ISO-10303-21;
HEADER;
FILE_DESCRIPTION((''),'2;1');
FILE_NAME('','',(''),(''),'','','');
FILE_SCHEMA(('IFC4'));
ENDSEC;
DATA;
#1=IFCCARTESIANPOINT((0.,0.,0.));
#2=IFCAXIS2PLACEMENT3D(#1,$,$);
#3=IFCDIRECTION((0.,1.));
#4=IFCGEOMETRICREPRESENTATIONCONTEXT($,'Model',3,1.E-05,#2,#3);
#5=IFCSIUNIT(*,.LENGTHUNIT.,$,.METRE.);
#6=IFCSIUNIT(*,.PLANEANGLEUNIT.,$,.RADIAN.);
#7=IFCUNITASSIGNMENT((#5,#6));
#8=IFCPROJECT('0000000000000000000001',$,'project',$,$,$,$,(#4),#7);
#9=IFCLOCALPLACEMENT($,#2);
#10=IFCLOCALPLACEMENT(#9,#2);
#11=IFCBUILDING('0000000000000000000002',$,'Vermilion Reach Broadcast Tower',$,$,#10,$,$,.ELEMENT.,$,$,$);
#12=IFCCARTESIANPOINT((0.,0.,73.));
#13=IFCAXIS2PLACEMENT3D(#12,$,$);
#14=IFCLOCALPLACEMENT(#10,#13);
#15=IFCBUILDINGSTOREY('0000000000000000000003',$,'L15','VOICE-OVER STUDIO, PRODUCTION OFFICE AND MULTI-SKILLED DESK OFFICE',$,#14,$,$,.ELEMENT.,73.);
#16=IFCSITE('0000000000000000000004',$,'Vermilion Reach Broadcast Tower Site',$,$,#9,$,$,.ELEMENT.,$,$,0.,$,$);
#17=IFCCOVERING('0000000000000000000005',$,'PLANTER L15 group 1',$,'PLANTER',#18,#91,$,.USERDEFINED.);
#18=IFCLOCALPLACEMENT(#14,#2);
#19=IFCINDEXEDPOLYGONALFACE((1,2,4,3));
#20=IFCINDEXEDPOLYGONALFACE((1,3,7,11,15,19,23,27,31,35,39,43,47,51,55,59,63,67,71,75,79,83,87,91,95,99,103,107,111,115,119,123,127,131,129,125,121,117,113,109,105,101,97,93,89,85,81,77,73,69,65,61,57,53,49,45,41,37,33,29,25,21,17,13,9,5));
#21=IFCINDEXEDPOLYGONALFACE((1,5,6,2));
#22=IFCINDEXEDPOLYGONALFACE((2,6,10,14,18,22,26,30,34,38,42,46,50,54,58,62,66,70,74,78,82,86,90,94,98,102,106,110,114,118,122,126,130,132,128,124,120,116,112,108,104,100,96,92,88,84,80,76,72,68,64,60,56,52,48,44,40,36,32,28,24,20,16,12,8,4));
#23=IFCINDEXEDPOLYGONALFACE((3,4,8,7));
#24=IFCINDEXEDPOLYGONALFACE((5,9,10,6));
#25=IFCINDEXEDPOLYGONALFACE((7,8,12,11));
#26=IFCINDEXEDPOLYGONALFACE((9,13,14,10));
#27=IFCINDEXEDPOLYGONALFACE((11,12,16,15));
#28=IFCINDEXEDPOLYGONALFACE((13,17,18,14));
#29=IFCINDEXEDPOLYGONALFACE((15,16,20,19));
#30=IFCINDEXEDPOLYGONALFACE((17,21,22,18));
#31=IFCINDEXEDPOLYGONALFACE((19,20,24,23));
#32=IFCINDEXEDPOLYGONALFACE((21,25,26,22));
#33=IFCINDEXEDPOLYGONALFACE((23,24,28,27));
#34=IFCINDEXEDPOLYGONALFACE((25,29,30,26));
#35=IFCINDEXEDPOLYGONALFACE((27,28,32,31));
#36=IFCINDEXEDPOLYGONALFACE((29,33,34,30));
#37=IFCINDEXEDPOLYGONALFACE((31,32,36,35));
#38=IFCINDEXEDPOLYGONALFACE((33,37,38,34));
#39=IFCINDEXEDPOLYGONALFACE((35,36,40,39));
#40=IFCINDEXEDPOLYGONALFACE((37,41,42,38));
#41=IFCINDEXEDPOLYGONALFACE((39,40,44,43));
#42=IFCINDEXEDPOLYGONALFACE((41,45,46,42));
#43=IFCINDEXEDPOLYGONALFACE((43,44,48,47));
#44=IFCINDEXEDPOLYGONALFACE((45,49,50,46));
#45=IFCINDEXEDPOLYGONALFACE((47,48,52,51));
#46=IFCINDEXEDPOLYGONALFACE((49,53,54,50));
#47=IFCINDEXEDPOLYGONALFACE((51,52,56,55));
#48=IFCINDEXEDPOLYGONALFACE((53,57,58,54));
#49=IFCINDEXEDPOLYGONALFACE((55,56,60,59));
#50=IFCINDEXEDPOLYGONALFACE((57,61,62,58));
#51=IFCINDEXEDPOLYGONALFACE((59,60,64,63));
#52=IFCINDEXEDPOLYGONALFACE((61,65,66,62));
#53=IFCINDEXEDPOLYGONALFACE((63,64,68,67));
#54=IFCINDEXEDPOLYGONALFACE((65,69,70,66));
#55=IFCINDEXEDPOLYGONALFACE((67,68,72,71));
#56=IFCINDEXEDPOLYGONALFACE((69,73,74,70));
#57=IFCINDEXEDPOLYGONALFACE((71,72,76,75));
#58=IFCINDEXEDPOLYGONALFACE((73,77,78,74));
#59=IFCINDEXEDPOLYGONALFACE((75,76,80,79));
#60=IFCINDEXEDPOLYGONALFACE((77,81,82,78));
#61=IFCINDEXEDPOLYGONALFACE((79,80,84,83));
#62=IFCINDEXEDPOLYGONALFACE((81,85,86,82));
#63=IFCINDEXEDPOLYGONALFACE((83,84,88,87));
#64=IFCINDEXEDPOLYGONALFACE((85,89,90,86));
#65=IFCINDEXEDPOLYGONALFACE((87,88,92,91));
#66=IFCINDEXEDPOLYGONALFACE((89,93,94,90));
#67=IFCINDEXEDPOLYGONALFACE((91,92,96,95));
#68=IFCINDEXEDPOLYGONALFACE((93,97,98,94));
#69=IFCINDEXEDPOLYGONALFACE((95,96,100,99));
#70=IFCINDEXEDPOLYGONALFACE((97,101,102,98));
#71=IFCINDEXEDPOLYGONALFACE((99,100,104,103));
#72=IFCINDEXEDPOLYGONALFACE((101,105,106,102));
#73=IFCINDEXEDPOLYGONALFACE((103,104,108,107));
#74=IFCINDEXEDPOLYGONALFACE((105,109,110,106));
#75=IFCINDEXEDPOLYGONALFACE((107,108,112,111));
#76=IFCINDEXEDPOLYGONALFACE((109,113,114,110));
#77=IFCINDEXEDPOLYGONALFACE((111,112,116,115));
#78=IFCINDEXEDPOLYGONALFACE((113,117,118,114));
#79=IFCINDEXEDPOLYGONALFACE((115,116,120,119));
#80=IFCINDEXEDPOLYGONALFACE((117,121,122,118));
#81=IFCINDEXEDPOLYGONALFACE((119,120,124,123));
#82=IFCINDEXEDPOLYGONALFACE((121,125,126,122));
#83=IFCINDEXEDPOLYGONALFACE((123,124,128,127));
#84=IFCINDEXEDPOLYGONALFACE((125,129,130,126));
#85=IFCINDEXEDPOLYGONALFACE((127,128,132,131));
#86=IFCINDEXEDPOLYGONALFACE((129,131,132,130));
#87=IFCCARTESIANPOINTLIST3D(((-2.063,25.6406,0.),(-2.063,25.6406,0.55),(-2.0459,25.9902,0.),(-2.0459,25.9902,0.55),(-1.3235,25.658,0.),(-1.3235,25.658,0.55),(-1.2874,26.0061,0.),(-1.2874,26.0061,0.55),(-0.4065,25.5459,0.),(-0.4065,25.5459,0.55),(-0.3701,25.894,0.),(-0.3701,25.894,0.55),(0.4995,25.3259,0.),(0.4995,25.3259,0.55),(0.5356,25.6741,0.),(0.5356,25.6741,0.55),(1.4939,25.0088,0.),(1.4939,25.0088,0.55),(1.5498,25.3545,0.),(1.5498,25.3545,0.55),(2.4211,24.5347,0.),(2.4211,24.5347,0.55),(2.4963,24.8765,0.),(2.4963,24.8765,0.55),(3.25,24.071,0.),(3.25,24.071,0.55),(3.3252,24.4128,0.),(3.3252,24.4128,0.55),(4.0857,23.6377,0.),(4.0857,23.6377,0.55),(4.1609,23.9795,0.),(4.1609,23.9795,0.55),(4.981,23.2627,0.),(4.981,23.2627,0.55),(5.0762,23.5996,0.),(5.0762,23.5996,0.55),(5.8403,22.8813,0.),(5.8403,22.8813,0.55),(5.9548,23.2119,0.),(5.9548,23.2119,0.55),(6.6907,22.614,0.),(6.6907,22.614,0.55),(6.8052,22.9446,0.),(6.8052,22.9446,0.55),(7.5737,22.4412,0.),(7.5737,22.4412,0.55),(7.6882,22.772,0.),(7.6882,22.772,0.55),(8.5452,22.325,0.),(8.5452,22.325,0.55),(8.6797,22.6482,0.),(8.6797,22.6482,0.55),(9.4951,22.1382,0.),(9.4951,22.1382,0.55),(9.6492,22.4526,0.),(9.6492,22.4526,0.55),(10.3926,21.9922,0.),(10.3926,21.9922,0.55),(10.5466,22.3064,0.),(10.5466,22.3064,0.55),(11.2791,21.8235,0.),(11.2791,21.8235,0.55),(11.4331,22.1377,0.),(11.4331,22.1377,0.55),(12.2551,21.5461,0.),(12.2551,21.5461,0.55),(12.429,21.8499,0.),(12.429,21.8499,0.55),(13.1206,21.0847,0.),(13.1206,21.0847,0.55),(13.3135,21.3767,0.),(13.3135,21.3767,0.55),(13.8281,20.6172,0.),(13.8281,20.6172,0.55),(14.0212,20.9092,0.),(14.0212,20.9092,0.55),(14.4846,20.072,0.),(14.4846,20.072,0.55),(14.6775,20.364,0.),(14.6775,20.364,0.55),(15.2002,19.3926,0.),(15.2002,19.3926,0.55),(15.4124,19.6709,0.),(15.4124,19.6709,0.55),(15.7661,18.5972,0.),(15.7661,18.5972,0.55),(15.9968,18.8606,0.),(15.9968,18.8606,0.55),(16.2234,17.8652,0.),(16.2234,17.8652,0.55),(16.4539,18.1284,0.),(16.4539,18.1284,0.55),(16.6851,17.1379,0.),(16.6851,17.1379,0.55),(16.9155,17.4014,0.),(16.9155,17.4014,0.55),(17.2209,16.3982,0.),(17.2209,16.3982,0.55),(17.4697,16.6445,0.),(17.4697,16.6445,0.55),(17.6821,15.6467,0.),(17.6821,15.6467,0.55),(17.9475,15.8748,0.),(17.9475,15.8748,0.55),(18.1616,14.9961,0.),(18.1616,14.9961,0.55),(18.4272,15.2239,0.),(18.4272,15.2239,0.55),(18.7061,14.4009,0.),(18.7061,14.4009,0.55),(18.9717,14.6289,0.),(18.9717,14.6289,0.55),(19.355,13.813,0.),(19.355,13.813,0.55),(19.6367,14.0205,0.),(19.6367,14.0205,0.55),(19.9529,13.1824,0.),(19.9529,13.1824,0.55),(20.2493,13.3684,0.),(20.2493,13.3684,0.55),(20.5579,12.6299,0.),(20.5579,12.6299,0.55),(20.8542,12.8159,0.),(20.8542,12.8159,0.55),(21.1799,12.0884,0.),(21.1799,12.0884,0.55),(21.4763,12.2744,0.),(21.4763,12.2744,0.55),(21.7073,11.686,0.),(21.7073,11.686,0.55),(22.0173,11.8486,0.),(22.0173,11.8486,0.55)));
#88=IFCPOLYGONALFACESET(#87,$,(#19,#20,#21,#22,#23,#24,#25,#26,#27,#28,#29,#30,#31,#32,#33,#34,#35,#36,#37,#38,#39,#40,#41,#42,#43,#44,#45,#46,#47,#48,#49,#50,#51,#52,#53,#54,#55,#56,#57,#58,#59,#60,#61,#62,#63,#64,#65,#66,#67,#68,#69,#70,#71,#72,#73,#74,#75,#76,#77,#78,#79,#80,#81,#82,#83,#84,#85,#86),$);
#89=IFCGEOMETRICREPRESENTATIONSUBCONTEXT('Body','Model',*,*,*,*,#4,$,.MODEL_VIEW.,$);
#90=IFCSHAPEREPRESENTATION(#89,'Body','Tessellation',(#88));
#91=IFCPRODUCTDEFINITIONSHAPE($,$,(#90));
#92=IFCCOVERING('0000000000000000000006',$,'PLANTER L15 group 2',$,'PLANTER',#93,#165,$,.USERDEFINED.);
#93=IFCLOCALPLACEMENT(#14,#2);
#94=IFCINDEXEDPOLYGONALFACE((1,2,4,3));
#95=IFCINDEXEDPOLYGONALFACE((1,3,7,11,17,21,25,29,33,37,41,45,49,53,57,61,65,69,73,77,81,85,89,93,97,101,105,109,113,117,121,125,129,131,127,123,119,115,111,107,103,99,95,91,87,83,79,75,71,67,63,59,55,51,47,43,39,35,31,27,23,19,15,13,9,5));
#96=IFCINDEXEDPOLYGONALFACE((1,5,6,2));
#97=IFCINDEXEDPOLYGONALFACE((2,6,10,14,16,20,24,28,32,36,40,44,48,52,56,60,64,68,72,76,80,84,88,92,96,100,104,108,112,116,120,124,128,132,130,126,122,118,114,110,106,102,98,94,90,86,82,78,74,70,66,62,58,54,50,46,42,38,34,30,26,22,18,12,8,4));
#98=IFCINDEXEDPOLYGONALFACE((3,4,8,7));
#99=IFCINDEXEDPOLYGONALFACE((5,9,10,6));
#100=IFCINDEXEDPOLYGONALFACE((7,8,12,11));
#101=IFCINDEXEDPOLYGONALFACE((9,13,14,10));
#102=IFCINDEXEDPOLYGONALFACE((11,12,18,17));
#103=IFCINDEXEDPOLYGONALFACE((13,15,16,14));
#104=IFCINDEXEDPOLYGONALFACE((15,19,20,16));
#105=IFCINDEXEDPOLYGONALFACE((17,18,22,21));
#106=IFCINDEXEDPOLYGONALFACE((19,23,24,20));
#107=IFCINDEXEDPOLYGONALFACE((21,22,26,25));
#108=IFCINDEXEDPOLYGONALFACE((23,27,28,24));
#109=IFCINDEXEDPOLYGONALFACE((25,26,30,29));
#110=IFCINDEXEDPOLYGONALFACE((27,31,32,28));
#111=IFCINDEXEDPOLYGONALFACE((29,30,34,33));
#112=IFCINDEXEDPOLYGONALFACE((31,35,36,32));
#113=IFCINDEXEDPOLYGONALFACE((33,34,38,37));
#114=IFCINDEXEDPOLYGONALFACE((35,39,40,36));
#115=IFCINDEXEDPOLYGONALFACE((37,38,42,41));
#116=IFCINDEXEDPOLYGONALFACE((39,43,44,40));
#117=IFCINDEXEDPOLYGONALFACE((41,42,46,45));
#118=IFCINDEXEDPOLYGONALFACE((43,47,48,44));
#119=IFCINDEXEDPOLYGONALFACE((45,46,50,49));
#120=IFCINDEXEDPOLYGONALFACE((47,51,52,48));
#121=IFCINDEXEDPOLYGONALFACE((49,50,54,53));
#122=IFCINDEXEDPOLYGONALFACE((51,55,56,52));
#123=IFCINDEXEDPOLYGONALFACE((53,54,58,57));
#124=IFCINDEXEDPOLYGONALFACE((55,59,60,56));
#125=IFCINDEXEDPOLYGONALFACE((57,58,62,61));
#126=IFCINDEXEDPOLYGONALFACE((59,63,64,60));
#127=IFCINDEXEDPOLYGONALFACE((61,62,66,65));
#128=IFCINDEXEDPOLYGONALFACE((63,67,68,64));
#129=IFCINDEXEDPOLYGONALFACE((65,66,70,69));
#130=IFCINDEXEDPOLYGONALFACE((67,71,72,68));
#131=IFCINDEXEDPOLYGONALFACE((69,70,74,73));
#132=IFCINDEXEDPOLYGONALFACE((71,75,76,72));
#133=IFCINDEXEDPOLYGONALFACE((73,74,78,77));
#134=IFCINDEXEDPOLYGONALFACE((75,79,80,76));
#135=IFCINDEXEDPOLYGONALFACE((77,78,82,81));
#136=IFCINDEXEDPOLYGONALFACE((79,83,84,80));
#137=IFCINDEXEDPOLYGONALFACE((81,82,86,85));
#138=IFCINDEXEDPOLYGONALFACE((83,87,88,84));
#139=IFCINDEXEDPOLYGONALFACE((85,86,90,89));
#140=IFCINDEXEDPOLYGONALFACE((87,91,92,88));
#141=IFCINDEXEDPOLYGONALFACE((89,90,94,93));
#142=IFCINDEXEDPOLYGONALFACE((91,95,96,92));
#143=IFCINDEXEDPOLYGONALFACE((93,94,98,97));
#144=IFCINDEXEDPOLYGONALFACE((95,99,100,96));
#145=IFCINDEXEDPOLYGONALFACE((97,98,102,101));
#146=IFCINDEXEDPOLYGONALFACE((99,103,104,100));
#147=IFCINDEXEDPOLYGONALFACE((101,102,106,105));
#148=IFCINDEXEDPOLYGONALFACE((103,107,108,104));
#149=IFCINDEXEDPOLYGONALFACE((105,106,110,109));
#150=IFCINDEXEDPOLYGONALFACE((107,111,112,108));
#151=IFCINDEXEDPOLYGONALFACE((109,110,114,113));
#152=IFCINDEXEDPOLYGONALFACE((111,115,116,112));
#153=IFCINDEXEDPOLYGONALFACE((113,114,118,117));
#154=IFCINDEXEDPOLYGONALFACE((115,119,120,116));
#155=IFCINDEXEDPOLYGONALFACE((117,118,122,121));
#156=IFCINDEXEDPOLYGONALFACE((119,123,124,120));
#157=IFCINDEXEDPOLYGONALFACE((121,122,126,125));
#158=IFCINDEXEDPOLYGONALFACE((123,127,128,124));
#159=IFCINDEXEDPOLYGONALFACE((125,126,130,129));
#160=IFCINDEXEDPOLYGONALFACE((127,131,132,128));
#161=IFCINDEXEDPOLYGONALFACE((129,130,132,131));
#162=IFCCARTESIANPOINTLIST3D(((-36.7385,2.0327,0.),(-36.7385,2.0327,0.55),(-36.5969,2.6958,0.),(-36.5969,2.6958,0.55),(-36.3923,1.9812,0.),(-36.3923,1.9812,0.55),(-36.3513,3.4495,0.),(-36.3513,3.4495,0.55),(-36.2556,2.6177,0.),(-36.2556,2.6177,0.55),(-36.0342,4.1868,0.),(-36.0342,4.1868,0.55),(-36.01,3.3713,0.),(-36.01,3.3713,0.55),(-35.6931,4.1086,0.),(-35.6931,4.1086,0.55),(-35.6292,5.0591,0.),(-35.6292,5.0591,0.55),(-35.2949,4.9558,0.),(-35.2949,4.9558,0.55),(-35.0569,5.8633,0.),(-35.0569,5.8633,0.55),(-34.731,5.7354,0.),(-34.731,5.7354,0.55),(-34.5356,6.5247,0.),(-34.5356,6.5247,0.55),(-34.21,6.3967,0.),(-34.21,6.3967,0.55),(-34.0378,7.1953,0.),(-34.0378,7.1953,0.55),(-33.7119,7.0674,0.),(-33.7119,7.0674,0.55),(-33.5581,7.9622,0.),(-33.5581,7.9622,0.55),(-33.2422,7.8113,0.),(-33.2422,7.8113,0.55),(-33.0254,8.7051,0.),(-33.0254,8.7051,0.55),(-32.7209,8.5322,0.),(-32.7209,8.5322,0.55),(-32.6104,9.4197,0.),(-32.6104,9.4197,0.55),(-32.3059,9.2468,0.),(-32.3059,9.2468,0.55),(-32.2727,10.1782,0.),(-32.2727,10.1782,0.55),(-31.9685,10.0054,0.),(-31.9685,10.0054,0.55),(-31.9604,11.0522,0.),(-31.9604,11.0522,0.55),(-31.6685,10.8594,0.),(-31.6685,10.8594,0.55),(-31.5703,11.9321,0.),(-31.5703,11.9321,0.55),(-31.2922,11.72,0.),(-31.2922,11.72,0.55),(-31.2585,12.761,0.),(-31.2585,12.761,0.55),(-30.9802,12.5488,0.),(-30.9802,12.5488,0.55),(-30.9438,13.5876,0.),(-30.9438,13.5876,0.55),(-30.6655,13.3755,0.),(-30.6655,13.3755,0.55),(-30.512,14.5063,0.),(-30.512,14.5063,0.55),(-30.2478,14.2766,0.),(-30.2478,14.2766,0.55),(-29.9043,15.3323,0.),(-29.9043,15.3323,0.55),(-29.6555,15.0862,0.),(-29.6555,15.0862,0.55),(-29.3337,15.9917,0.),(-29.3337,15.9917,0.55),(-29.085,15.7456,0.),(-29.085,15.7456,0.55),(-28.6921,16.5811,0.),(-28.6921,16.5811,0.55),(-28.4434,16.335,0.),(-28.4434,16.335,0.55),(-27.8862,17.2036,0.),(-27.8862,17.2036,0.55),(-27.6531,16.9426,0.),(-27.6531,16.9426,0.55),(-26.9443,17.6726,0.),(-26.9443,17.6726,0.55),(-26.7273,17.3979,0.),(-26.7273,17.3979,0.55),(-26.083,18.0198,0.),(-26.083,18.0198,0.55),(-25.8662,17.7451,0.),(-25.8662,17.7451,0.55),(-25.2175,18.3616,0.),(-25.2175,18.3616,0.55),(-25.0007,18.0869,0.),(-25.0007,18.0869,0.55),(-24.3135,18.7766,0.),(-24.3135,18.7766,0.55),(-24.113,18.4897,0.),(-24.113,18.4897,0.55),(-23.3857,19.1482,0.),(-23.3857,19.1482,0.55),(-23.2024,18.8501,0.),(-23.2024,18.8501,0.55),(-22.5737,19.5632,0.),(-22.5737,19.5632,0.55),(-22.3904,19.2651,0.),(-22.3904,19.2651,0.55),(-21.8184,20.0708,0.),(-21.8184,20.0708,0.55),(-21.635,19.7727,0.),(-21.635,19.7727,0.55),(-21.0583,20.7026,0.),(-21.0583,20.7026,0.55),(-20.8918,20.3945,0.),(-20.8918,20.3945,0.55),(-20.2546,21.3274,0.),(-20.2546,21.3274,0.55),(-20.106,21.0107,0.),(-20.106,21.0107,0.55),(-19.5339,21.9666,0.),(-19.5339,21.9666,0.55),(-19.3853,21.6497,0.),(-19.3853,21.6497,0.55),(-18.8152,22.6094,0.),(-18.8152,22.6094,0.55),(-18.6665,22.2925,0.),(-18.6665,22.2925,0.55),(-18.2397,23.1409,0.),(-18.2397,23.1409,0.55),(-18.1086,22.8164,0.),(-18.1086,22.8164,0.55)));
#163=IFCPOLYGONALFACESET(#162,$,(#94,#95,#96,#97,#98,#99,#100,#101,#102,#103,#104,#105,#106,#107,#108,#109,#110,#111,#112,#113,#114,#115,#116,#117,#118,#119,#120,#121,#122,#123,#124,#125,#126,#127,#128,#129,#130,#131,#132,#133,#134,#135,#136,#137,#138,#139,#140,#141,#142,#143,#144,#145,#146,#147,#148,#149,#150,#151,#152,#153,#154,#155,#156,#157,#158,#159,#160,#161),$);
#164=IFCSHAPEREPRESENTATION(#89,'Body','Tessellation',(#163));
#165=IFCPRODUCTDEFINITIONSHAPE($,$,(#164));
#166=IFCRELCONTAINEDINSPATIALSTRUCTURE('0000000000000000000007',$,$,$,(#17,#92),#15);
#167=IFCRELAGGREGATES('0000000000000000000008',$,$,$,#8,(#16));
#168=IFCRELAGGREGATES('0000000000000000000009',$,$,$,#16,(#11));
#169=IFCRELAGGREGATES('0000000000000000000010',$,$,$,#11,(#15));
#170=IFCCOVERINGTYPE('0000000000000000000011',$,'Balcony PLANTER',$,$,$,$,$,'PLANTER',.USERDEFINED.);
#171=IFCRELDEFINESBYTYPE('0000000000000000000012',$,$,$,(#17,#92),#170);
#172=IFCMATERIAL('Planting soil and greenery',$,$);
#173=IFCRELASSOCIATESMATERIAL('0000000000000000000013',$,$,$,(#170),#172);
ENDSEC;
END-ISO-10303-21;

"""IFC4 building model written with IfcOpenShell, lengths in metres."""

from ifc_helpers import new_model, si_unit, direction, frame, origin, place, context, subcontext, project, spatial, polyline, outline, extrude, material, type_object, element, save


model = new_model("IFC4")

# Units and contexts
model_context = context("Model", 3, precision=1e-05, world=origin(), true_north=direction((0.0, 1.0)))
body_context = subcontext(model_context, "Body", "Model", "MODEL_VIEW")
ifc_project = project(units=[si_unit("LENGTHUNIT", "METRE"), si_unit("PLANEANGLEUNIT", "RADIAN")], contexts=[model_context])

# Site, building, storey
site_placement = place(None, origin())
site = spatial("IfcSite", under=ifc_project, at=site_placement, Name="Vermilion Reach Broadcast Tower Site", CompositionType="ELEMENT", RefElevation=0.0)
building_placement = place(site_placement, origin())
building = spatial("IfcBuilding", under=site, at=building_placement, Name="Vermilion Reach Broadcast Tower", CompositionType="ELEMENT")
storey_placement = place(building_placement, frame((0.0, 0.0, 73.0)))
storey = spatial("IfcBuildingStorey", under=building, at=storey_placement, Name="L15", Description="VOICE-OVER STUDIO, PRODUCTION OFFICE AND MULTI-SKILLED DESK OFFICE", CompositionType="ELEMENT", Elevation=73.0)

# Shared definitions
placement_1 = place(storey_placement, origin())

# Coverings
ifc_material_1 = material(Name="Planting soil and greenery")
covering_type = type_object("IfcCoveringType", Name="Balcony PLANTER", ElementType="PLANTER", PredefinedType="USERDEFINED", material=ifc_material_1)
element("IfcCovering", 1, at=placement_1, inside=storey, type_object=covering_type, Name="PLANTER L15 group 1", ObjectType="PLANTER", PredefinedType="USERDEFINED", context=body_context, shape_type="SweptSolid", body=[
    extrude(outline(polyline([(22.0173, 11.8486), (21.4763, 12.2744), (20.8542, 12.8159), (20.2493, 13.3684), (19.6367, 14.0205), (18.9717, 14.6289), (18.4272, 15.2239), (17.9475, 15.8748), (17.4697, 16.6445), (16.9155, 17.4014), (16.4539, 18.1284), (15.9968, 18.8606), (15.4124, 19.6709), (14.6775, 20.364), (14.0212, 20.9092), (13.3135, 21.3767), (12.429, 21.8499), (11.4331, 22.1377), (10.5466, 22.3064), (9.6492, 22.4526), (8.6797, 22.6482), (7.6882, 22.772), (6.8052, 22.9446), (5.9548, 23.2119), (5.0762, 23.5996), (4.1609, 23.9795), (3.3252, 24.4128), (2.4963, 24.8765), (1.5498, 25.3545), (0.5356, 25.6741), (-0.3701, 25.894), (-1.2874, 26.0061), (-2.0459, 25.9902), (-2.063, 25.6406), (-1.3235, 25.658), (-0.4065, 25.5459), (0.4995, 25.3259), (1.4939, 25.0088), (2.4211, 24.5347), (3.25, 24.071), (4.0857, 23.6377), (4.981, 23.2627), (5.8403, 22.8813), (6.6907, 22.614), (7.5737, 22.4412), (8.5452, 22.325), (9.4951, 22.1382), (10.3926, 21.9922), (11.2791, 21.8235), (12.2551, 21.5461), (13.1206, 21.0847), (13.8281, 20.6172), (14.4846, 20.072), (15.2002, 19.3926), (15.7661, 18.5972), (16.2234, 17.8652), (16.6851, 17.1379), (17.2209, 16.3982), (17.6821, 15.6467), (18.1616, 14.9961), (18.7061, 14.4009), (19.355, 13.813), (19.9529, 13.1824), (20.5579, 12.6299), (21.1799, 12.0884), (21.7073, 11.686), (22.0173, 11.8486)])), origin(), (0.0, 0.0, 1.0), 0.55),
])
element("IfcCovering", 2, at=placement_1, inside=storey, type_object=covering_type, Name="PLANTER L15 group 2", ObjectType="PLANTER", PredefinedType="USERDEFINED", context=body_context, shape_type="SweptSolid", body=[
    extrude(outline(polyline([(-18.2397, 23.1409), (-18.8152, 22.6094), (-19.5339, 21.9666), (-20.2546, 21.3274), (-21.0583, 20.7026), (-21.8184, 20.0708), (-22.5737, 19.5632), (-23.3857, 19.1482), (-24.3135, 18.7766), (-25.2175, 18.3616), (-26.083, 18.0198), (-26.9443, 17.6726), (-27.8862, 17.2036), (-28.6921, 16.5811), (-29.3337, 15.9917), (-29.9043, 15.3323), (-30.512, 14.5063), (-30.9438, 13.5876), (-31.2585, 12.761), (-31.5703, 11.9321), (-31.9604, 11.0522), (-32.2727, 10.1782), (-32.6104, 9.4197), (-33.0254, 8.7051), (-33.5581, 7.9622), (-34.0378, 7.1953), (-34.5356, 6.5247), (-35.0569, 5.8633), (-35.6292, 5.0591), (-36.0342, 4.1868), (-36.3513, 3.4495), (-36.5969, 2.6958), (-36.7385, 2.0327), (-36.3923, 1.9812), (-36.2556, 2.6177), (-36.01, 3.3713), (-35.6931, 4.1086), (-35.2949, 4.9558), (-34.731, 5.7354), (-34.21, 6.3967), (-33.7119, 7.0674), (-33.2422, 7.8113), (-32.7209, 8.5322), (-32.3059, 9.2468), (-31.9685, 10.0054), (-31.6685, 10.8594), (-31.2922, 11.72), (-30.9802, 12.5488), (-30.6655, 13.3755), (-30.2478, 14.2766), (-29.6555, 15.0862), (-29.085, 15.7456), (-28.4434, 16.335), (-27.6531, 16.9426), (-26.7273, 17.3979), (-25.8662, 17.7451), (-25.0007, 18.0869), (-24.113, 18.4897), (-23.2024, 18.8501), (-22.3904, 19.2651), (-21.635, 19.7727), (-20.8918, 20.3945), (-20.106, 21.0107), (-19.3853, 21.6497), (-18.6665, 22.2925), (-18.1086, 22.8164), (-18.2397, 23.1409)])), origin(), (0.0, 0.0, 1.0), 0.55),
])

save(model, "model.ifc")
